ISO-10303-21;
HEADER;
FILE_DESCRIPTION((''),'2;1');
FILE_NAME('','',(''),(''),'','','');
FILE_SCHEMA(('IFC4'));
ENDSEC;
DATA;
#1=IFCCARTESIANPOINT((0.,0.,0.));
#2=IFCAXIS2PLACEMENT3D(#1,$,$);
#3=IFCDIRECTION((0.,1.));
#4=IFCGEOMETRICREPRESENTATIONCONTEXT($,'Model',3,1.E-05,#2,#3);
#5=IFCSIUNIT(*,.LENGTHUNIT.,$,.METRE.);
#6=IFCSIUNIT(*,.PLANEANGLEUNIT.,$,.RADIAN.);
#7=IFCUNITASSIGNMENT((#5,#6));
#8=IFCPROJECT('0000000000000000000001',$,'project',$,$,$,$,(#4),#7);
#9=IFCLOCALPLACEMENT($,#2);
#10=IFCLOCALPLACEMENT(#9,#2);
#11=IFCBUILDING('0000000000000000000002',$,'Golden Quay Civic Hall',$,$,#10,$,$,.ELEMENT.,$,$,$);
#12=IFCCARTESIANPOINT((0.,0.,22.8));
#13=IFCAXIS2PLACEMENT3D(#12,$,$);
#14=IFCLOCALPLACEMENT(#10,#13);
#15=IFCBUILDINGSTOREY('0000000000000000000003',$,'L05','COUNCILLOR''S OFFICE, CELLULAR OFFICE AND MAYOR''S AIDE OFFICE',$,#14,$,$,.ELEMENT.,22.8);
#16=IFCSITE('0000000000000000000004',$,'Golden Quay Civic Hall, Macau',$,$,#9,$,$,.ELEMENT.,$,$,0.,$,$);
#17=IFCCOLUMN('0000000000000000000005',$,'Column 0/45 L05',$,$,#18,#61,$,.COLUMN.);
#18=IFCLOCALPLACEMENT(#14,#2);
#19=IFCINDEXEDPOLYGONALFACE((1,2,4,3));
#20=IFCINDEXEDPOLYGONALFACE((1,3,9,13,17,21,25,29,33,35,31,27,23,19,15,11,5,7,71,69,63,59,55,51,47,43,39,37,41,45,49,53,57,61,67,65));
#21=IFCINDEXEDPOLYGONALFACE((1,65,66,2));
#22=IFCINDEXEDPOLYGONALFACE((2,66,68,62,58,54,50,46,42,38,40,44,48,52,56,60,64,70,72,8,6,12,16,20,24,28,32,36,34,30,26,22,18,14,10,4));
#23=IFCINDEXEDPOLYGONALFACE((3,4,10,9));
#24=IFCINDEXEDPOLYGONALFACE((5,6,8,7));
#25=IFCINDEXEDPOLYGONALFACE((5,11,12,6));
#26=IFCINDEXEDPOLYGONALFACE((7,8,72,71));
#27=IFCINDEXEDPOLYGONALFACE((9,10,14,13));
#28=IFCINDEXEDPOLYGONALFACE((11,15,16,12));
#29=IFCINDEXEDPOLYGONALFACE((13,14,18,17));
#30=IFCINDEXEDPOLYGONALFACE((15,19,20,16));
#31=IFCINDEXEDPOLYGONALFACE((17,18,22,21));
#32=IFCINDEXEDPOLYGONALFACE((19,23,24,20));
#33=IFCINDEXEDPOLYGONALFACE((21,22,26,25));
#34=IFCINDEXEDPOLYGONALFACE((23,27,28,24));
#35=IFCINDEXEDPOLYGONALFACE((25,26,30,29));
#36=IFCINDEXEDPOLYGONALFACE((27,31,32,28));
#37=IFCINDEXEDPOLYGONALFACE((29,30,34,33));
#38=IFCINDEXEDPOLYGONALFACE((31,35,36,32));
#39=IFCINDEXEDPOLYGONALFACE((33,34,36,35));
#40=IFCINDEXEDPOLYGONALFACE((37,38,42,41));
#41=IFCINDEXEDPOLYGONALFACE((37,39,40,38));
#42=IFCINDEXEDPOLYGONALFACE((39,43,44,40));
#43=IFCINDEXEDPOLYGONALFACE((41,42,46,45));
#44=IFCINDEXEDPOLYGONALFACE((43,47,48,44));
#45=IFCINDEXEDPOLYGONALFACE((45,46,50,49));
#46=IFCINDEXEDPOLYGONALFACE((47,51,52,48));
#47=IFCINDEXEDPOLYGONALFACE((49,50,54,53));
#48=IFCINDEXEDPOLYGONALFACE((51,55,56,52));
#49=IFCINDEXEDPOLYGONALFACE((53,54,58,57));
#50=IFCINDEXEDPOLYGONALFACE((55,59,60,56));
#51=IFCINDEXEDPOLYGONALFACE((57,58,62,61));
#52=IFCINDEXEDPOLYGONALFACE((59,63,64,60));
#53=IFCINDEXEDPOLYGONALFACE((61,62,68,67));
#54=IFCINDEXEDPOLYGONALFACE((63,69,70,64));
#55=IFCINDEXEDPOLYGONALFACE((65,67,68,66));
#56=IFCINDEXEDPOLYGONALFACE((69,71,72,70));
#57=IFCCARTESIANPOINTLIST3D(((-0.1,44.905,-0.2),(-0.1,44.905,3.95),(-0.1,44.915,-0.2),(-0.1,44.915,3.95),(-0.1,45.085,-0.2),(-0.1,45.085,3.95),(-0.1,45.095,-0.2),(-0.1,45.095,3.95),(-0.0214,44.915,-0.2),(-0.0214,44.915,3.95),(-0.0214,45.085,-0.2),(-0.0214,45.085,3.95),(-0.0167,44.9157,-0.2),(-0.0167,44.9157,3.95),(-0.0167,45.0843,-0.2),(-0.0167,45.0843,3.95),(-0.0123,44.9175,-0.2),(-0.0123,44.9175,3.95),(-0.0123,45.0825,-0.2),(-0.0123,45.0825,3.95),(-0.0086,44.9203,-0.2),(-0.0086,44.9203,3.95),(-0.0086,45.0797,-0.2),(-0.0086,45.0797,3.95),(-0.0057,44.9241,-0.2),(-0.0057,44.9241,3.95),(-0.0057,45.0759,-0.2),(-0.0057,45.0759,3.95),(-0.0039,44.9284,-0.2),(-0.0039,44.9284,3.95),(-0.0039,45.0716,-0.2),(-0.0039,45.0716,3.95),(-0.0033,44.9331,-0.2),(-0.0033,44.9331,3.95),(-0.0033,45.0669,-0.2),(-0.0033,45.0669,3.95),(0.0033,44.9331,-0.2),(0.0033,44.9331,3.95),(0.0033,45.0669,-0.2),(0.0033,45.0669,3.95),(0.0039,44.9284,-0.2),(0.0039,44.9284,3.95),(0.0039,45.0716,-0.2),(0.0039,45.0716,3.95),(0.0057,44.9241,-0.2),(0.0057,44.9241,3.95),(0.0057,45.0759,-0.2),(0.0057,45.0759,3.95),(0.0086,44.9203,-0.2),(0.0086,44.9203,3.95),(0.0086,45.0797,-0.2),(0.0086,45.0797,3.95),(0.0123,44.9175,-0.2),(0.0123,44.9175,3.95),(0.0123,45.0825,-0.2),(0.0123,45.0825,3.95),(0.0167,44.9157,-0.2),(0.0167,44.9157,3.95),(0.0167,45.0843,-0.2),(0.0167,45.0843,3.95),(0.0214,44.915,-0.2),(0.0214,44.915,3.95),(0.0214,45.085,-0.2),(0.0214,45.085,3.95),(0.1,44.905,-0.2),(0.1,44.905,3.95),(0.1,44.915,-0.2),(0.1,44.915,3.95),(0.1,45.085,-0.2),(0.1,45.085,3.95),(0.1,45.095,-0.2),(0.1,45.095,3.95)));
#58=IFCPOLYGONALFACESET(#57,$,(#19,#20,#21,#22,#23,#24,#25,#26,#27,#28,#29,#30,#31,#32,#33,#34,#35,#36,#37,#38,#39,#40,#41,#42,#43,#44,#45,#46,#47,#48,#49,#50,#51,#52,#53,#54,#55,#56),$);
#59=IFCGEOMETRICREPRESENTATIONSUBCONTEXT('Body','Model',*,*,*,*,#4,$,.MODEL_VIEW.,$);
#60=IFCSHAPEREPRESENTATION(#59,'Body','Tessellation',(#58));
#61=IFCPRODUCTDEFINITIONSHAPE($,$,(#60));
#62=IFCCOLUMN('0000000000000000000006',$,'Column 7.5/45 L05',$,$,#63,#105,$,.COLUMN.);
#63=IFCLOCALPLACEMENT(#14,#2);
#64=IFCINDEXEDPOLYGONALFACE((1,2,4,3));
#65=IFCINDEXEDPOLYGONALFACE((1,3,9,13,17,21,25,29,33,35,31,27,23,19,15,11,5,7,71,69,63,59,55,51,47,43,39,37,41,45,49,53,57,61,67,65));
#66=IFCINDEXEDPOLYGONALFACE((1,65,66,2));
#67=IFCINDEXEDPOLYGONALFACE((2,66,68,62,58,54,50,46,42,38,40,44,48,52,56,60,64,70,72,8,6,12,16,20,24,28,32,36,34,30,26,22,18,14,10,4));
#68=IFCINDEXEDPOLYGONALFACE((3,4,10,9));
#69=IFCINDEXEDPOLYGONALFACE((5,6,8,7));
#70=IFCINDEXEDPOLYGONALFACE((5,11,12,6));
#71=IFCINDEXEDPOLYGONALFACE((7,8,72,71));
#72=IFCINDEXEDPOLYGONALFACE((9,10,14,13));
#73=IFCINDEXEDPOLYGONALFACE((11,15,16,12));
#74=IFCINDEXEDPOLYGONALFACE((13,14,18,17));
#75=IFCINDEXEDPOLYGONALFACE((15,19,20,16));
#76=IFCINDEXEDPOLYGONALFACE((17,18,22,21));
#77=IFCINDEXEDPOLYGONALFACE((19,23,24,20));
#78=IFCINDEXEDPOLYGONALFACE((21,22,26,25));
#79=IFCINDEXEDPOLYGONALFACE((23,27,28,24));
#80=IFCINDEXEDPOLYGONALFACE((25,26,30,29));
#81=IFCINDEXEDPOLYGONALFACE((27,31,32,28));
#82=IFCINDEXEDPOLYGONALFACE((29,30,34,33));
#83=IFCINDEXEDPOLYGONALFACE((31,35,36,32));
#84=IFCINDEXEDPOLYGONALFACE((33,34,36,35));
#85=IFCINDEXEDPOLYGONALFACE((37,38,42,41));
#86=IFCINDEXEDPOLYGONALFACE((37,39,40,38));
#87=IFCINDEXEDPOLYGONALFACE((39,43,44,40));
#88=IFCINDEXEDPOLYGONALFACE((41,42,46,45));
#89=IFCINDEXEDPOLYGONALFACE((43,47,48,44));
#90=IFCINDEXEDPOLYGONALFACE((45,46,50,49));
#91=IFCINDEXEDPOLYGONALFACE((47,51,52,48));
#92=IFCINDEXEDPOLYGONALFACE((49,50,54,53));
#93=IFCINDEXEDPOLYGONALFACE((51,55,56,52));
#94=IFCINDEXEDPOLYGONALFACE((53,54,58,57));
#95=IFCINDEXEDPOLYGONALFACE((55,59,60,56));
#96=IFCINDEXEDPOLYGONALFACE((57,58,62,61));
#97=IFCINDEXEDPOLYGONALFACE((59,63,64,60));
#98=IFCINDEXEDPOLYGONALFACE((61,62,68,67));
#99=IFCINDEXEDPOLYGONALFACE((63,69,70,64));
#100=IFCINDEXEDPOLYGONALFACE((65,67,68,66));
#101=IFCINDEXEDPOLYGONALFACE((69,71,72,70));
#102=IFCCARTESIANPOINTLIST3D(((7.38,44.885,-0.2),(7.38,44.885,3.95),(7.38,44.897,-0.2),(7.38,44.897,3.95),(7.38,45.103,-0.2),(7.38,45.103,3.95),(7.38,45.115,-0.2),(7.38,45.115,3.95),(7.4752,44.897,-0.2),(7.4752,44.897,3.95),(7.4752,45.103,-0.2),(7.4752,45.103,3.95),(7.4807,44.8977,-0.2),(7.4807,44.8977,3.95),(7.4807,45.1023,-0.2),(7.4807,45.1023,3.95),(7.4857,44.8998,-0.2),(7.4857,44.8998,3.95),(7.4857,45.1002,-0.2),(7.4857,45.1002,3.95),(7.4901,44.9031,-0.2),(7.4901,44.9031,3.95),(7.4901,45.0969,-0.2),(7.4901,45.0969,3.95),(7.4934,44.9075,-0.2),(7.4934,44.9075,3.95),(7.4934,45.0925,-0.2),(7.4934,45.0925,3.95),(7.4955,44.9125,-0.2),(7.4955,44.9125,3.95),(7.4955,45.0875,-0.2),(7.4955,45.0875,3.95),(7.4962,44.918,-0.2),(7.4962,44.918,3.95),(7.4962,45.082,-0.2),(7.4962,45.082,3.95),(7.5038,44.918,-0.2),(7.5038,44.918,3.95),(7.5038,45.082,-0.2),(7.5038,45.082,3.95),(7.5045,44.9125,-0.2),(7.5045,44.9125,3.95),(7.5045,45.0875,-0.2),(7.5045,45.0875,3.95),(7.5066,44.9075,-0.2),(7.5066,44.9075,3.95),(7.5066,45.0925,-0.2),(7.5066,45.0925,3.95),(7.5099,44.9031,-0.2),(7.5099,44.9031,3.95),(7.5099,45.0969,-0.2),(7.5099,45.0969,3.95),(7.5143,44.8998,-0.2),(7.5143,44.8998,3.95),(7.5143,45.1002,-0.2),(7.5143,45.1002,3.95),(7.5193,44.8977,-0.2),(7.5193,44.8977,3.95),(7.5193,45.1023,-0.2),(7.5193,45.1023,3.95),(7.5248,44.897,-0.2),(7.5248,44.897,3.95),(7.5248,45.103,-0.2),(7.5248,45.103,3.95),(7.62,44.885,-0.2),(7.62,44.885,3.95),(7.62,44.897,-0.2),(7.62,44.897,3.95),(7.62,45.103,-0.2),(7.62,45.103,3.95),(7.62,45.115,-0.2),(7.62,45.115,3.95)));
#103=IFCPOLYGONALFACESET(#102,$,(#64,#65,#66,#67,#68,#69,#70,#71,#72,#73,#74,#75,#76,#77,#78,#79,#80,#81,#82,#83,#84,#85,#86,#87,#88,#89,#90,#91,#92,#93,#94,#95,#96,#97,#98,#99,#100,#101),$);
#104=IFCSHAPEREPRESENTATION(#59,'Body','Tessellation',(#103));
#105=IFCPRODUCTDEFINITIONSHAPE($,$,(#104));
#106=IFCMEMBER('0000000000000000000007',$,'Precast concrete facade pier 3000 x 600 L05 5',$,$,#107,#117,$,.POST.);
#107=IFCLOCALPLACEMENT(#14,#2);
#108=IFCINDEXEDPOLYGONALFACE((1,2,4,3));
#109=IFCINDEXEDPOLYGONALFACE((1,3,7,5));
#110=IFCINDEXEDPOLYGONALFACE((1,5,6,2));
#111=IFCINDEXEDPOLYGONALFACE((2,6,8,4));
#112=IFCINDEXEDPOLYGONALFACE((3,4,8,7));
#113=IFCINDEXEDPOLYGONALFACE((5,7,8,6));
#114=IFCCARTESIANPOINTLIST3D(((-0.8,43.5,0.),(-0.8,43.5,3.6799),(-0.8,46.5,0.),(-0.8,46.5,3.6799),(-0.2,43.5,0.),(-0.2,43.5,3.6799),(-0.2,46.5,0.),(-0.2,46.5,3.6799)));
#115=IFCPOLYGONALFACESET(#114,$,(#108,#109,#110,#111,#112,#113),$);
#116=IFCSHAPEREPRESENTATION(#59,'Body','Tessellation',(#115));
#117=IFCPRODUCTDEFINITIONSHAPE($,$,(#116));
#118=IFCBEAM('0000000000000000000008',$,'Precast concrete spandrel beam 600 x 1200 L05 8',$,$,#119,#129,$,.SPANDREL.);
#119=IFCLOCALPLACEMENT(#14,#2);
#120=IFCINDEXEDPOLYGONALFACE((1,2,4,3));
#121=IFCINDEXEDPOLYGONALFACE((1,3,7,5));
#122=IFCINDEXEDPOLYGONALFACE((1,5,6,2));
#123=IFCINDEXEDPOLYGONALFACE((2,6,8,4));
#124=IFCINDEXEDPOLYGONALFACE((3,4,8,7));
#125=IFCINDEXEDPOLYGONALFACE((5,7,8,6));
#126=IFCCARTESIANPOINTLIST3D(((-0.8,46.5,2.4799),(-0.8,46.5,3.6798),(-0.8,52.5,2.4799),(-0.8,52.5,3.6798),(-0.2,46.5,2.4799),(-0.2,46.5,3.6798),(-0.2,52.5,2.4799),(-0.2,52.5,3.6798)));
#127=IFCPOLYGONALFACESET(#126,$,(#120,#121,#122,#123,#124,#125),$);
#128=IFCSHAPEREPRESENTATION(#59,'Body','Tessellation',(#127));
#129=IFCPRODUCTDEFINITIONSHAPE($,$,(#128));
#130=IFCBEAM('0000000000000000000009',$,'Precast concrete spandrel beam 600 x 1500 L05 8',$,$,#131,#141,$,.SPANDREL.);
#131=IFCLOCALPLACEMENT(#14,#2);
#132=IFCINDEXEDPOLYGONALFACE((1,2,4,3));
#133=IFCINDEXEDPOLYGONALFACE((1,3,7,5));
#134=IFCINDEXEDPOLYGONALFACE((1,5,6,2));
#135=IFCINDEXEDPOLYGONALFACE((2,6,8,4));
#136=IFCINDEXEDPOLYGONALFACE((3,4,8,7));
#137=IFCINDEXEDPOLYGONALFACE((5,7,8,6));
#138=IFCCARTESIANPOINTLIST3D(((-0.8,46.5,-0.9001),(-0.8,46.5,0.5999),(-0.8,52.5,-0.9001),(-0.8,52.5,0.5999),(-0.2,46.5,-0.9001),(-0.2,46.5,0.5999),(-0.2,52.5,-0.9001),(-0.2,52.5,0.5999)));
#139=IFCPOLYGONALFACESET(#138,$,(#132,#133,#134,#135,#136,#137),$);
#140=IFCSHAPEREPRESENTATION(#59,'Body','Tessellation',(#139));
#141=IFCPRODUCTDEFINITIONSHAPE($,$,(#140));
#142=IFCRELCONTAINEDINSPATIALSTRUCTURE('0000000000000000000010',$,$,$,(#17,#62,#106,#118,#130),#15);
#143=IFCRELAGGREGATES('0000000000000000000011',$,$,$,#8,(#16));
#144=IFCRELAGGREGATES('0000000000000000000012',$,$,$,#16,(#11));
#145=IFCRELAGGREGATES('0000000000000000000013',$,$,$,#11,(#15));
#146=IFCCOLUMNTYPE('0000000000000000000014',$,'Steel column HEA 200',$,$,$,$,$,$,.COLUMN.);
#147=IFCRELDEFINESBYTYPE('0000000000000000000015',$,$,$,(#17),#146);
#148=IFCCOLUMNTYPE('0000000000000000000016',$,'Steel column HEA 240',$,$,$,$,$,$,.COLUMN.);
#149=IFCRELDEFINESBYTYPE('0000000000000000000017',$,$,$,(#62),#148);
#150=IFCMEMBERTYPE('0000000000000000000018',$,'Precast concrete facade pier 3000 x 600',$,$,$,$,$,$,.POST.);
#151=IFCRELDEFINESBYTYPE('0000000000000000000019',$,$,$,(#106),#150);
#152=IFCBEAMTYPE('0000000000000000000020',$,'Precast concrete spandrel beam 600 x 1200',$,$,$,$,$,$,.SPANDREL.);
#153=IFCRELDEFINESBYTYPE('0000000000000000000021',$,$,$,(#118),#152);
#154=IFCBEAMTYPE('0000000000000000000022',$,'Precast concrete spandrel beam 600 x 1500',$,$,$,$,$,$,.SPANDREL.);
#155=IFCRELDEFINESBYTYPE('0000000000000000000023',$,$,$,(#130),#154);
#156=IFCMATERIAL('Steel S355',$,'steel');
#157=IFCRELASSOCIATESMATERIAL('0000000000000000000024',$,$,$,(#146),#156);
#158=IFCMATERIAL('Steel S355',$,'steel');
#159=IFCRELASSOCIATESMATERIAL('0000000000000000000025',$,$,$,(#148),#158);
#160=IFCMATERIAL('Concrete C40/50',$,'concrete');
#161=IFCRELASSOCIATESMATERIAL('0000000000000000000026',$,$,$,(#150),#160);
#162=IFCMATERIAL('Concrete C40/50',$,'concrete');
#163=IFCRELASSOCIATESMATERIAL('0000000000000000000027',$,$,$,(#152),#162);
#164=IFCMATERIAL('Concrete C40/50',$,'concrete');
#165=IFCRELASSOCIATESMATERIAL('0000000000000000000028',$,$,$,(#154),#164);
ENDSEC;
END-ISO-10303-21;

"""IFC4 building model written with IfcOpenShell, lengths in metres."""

from ifc_helpers import new_model, si_unit, direction, frame, origin, origin_2d, place, context, subcontext, project, spatial, rectangle, i_section, extrude, material, material_profile, profile_set, type_object, element, save


model = new_model("IFC4")

# Units and contexts
model_context = context("Model", 3, precision=1e-05, world=origin(), true_north=direction((0.0, 1.0)))
body_context = subcontext(model_context, "Body", "Model", "MODEL_VIEW")
ifc_project = project(units=[si_unit("LENGTHUNIT", "METRE"), si_unit("PLANEANGLEUNIT", "RADIAN")], contexts=[model_context])

# Site, building, storey
site_placement = place(None, origin())
site = spatial("IfcSite", under=ifc_project, at=site_placement, Name="Golden Quay Civic Hall, Macau", CompositionType="ELEMENT", RefElevation=0.0)
building_placement = place(site_placement, origin())
building = spatial("IfcBuilding", under=site, at=building_placement, Name="Golden Quay Civic Hall", CompositionType="ELEMENT")
storey_placement = place(building_placement, frame((0.0, 0.0, 22.8)))
storey = spatial("IfcBuildingStorey", under=building, at=storey_placement, Name="L05", Description="COUNCILLOR'S OFFICE, CELLULAR OFFICE AND MAYOR'S AIDE OFFICE", CompositionType="ELEMENT", Elevation=22.8)

# Columns
ifc_material_1 = material(Name="Steel S355", Category="steel")
ifc_material_profile_1 = material_profile(ifc_material_1, i_section(OverallWidth=0.2, OverallDepth=0.1899, WebThickness=0.0066, FlangeThickness=0.01, FilletRadius=0.0181, at=origin_2d()), Name="HEA 200")
ifc_profile_set_1 = profile_set([ifc_material_profile_1], Name="Steel S355")
column_type_1 = type_object("IfcColumnType", Name="Steel column HEA 200", PredefinedType="COLUMN", material=ifc_profile_set_1)
column_1_placement = place(storey_placement, frame((0.0, 45.0, -0.2), z_axis=(0.0, 0.0, 1.0), x_axis=(1.0, 0.0, 0.0)))
element("IfcColumn", 1, at=column_1_placement, inside=storey, type_object=column_type_1, Name="Column 0/45 L05", PredefinedType="COLUMN", context=body_context, shape_type="SweptSolid", body=[
    extrude(i_section(OverallWidth=0.2, OverallDepth=0.1899, WebThickness=0.0066, FlangeThickness=0.01, FilletRadius=0.0181, at=origin_2d()), origin(), (0.0, 0.0, 1.0), 4.1499),
])
ifc_material_2 = material(Name="Steel S355", Category="steel")
ifc_material_profile_2 = material_profile(ifc_material_2, i_section(OverallWidth=0.24, OverallDepth=0.23, WebThickness=0.0076, FlangeThickness=0.012, FilletRadius=0.021, at=origin_2d()), Name="HEA 240")
ifc_profile_set_2 = profile_set([ifc_material_profile_2], Name="Steel S355")
column_type_2 = type_object("IfcColumnType", Name="Steel column HEA 240", PredefinedType="COLUMN", material=ifc_profile_set_2)
column_2_placement = place(storey_placement, frame((7.5, 45.0, -0.2), z_axis=(0.0, 0.0, 1.0), x_axis=(1.0, 0.0, 0.0)))
element("IfcColumn", 2, at=column_2_placement, inside=storey, type_object=column_type_2, Name="Column 7.5/45 L05", PredefinedType="COLUMN", context=body_context, shape_type="SweptSolid", body=[
    extrude(i_section(OverallWidth=0.24, OverallDepth=0.23, WebThickness=0.0076, FlangeThickness=0.012, FilletRadius=0.021, at=origin_2d()), origin(), (0.0, 0.0, 1.0), 4.1499),
])

# Member
ifc_material_3 = material(Name="Concrete C40/50", Category="concrete")
ifc_material_profile_3 = material_profile(ifc_material_3, rectangle(XDim=3.0, YDim=0.6001, at=origin_2d()), Name="RC 3000x600")
ifc_profile_set_3 = profile_set([ifc_material_profile_3], Name="Concrete C40/50")
member_type = type_object("IfcMemberType", Name="Precast concrete facade pier 3000 x 600", PredefinedType="POST", material=ifc_profile_set_3)
member_placement = place(storey_placement, frame((-0.5, 45.0, 0.0), z_axis=(0.0, 0.0, 1.0), x_axis=(0.0, 1.0, 0.0)))
element("IfcMember", 3, at=member_placement, inside=storey, type_object=member_type, Name="Precast concrete facade pier 3000 x 600 L05 5", PredefinedType="POST", context=body_context, shape_type="SweptSolid", body=[
    extrude(rectangle(XDim=3.0, YDim=0.6001, at=origin_2d()), origin(), (0.0, 0.0, 1.0), 3.6799),
])

# Beams
ifc_material_4 = material(Name="Concrete C40/50", Category="concrete")
ifc_material_profile_4 = material_profile(ifc_material_4, rectangle(XDim=0.6001, YDim=1.2, at=origin_2d()), Name="RC 600x1200")
ifc_profile_set_4 = profile_set([ifc_material_profile_4], Name="Concrete C40/50")
beam_type_1 = type_object("IfcBeamType", Name="Precast concrete spandrel beam 600 x 1200", PredefinedType="SPANDREL", material=ifc_profile_set_4)
beam_1_placement = place(storey_placement, frame((-0.5, 46.5, 3.0798), z_axis=(0.0, 1.0, 0.0), x_axis=(-1.0, 0.0, 0.0)))
element("IfcBeam", 4, at=beam_1_placement, inside=storey, type_object=beam_type_1, Name="Precast concrete spandrel beam 600 x 1200 L05 8", PredefinedType="SPANDREL", context=body_context, shape_type="SweptSolid", body=[
    extrude(rectangle(XDim=0.6001, YDim=1.2, at=origin_2d()), origin(), (0.0, 0.0, 1.0), 6.0),
])
ifc_material_5 = material(Name="Concrete C40/50", Category="concrete")
ifc_material_profile_5 = material_profile(ifc_material_5, rectangle(XDim=0.6001, YDim=1.5, at=origin_2d()), Name="RC 600x1500")
ifc_profile_set_5 = profile_set([ifc_material_profile_5], Name="Concrete C40/50")
beam_type_2 = type_object("IfcBeamType", Name="Precast concrete spandrel beam 600 x 1500", PredefinedType="SPANDREL", material=ifc_profile_set_5)
beam_2_placement = place(storey_placement, frame((-0.5, 46.5, -0.1501), z_axis=(0.0, 1.0, 0.0), x_axis=(-1.0, 0.0, 0.0)))
element("IfcBeam", 5, at=beam_2_placement, inside=storey, type_object=beam_type_2, Name="Precast concrete spandrel beam 600 x 1500 L05 8", PredefinedType="SPANDREL", context=body_context, shape_type="SweptSolid", body=[
    extrude(rectangle(XDim=0.6001, YDim=1.5, at=origin_2d()), origin(), (0.0, 0.0, 1.0), 6.0),
])

save(model, "model.ifc")
